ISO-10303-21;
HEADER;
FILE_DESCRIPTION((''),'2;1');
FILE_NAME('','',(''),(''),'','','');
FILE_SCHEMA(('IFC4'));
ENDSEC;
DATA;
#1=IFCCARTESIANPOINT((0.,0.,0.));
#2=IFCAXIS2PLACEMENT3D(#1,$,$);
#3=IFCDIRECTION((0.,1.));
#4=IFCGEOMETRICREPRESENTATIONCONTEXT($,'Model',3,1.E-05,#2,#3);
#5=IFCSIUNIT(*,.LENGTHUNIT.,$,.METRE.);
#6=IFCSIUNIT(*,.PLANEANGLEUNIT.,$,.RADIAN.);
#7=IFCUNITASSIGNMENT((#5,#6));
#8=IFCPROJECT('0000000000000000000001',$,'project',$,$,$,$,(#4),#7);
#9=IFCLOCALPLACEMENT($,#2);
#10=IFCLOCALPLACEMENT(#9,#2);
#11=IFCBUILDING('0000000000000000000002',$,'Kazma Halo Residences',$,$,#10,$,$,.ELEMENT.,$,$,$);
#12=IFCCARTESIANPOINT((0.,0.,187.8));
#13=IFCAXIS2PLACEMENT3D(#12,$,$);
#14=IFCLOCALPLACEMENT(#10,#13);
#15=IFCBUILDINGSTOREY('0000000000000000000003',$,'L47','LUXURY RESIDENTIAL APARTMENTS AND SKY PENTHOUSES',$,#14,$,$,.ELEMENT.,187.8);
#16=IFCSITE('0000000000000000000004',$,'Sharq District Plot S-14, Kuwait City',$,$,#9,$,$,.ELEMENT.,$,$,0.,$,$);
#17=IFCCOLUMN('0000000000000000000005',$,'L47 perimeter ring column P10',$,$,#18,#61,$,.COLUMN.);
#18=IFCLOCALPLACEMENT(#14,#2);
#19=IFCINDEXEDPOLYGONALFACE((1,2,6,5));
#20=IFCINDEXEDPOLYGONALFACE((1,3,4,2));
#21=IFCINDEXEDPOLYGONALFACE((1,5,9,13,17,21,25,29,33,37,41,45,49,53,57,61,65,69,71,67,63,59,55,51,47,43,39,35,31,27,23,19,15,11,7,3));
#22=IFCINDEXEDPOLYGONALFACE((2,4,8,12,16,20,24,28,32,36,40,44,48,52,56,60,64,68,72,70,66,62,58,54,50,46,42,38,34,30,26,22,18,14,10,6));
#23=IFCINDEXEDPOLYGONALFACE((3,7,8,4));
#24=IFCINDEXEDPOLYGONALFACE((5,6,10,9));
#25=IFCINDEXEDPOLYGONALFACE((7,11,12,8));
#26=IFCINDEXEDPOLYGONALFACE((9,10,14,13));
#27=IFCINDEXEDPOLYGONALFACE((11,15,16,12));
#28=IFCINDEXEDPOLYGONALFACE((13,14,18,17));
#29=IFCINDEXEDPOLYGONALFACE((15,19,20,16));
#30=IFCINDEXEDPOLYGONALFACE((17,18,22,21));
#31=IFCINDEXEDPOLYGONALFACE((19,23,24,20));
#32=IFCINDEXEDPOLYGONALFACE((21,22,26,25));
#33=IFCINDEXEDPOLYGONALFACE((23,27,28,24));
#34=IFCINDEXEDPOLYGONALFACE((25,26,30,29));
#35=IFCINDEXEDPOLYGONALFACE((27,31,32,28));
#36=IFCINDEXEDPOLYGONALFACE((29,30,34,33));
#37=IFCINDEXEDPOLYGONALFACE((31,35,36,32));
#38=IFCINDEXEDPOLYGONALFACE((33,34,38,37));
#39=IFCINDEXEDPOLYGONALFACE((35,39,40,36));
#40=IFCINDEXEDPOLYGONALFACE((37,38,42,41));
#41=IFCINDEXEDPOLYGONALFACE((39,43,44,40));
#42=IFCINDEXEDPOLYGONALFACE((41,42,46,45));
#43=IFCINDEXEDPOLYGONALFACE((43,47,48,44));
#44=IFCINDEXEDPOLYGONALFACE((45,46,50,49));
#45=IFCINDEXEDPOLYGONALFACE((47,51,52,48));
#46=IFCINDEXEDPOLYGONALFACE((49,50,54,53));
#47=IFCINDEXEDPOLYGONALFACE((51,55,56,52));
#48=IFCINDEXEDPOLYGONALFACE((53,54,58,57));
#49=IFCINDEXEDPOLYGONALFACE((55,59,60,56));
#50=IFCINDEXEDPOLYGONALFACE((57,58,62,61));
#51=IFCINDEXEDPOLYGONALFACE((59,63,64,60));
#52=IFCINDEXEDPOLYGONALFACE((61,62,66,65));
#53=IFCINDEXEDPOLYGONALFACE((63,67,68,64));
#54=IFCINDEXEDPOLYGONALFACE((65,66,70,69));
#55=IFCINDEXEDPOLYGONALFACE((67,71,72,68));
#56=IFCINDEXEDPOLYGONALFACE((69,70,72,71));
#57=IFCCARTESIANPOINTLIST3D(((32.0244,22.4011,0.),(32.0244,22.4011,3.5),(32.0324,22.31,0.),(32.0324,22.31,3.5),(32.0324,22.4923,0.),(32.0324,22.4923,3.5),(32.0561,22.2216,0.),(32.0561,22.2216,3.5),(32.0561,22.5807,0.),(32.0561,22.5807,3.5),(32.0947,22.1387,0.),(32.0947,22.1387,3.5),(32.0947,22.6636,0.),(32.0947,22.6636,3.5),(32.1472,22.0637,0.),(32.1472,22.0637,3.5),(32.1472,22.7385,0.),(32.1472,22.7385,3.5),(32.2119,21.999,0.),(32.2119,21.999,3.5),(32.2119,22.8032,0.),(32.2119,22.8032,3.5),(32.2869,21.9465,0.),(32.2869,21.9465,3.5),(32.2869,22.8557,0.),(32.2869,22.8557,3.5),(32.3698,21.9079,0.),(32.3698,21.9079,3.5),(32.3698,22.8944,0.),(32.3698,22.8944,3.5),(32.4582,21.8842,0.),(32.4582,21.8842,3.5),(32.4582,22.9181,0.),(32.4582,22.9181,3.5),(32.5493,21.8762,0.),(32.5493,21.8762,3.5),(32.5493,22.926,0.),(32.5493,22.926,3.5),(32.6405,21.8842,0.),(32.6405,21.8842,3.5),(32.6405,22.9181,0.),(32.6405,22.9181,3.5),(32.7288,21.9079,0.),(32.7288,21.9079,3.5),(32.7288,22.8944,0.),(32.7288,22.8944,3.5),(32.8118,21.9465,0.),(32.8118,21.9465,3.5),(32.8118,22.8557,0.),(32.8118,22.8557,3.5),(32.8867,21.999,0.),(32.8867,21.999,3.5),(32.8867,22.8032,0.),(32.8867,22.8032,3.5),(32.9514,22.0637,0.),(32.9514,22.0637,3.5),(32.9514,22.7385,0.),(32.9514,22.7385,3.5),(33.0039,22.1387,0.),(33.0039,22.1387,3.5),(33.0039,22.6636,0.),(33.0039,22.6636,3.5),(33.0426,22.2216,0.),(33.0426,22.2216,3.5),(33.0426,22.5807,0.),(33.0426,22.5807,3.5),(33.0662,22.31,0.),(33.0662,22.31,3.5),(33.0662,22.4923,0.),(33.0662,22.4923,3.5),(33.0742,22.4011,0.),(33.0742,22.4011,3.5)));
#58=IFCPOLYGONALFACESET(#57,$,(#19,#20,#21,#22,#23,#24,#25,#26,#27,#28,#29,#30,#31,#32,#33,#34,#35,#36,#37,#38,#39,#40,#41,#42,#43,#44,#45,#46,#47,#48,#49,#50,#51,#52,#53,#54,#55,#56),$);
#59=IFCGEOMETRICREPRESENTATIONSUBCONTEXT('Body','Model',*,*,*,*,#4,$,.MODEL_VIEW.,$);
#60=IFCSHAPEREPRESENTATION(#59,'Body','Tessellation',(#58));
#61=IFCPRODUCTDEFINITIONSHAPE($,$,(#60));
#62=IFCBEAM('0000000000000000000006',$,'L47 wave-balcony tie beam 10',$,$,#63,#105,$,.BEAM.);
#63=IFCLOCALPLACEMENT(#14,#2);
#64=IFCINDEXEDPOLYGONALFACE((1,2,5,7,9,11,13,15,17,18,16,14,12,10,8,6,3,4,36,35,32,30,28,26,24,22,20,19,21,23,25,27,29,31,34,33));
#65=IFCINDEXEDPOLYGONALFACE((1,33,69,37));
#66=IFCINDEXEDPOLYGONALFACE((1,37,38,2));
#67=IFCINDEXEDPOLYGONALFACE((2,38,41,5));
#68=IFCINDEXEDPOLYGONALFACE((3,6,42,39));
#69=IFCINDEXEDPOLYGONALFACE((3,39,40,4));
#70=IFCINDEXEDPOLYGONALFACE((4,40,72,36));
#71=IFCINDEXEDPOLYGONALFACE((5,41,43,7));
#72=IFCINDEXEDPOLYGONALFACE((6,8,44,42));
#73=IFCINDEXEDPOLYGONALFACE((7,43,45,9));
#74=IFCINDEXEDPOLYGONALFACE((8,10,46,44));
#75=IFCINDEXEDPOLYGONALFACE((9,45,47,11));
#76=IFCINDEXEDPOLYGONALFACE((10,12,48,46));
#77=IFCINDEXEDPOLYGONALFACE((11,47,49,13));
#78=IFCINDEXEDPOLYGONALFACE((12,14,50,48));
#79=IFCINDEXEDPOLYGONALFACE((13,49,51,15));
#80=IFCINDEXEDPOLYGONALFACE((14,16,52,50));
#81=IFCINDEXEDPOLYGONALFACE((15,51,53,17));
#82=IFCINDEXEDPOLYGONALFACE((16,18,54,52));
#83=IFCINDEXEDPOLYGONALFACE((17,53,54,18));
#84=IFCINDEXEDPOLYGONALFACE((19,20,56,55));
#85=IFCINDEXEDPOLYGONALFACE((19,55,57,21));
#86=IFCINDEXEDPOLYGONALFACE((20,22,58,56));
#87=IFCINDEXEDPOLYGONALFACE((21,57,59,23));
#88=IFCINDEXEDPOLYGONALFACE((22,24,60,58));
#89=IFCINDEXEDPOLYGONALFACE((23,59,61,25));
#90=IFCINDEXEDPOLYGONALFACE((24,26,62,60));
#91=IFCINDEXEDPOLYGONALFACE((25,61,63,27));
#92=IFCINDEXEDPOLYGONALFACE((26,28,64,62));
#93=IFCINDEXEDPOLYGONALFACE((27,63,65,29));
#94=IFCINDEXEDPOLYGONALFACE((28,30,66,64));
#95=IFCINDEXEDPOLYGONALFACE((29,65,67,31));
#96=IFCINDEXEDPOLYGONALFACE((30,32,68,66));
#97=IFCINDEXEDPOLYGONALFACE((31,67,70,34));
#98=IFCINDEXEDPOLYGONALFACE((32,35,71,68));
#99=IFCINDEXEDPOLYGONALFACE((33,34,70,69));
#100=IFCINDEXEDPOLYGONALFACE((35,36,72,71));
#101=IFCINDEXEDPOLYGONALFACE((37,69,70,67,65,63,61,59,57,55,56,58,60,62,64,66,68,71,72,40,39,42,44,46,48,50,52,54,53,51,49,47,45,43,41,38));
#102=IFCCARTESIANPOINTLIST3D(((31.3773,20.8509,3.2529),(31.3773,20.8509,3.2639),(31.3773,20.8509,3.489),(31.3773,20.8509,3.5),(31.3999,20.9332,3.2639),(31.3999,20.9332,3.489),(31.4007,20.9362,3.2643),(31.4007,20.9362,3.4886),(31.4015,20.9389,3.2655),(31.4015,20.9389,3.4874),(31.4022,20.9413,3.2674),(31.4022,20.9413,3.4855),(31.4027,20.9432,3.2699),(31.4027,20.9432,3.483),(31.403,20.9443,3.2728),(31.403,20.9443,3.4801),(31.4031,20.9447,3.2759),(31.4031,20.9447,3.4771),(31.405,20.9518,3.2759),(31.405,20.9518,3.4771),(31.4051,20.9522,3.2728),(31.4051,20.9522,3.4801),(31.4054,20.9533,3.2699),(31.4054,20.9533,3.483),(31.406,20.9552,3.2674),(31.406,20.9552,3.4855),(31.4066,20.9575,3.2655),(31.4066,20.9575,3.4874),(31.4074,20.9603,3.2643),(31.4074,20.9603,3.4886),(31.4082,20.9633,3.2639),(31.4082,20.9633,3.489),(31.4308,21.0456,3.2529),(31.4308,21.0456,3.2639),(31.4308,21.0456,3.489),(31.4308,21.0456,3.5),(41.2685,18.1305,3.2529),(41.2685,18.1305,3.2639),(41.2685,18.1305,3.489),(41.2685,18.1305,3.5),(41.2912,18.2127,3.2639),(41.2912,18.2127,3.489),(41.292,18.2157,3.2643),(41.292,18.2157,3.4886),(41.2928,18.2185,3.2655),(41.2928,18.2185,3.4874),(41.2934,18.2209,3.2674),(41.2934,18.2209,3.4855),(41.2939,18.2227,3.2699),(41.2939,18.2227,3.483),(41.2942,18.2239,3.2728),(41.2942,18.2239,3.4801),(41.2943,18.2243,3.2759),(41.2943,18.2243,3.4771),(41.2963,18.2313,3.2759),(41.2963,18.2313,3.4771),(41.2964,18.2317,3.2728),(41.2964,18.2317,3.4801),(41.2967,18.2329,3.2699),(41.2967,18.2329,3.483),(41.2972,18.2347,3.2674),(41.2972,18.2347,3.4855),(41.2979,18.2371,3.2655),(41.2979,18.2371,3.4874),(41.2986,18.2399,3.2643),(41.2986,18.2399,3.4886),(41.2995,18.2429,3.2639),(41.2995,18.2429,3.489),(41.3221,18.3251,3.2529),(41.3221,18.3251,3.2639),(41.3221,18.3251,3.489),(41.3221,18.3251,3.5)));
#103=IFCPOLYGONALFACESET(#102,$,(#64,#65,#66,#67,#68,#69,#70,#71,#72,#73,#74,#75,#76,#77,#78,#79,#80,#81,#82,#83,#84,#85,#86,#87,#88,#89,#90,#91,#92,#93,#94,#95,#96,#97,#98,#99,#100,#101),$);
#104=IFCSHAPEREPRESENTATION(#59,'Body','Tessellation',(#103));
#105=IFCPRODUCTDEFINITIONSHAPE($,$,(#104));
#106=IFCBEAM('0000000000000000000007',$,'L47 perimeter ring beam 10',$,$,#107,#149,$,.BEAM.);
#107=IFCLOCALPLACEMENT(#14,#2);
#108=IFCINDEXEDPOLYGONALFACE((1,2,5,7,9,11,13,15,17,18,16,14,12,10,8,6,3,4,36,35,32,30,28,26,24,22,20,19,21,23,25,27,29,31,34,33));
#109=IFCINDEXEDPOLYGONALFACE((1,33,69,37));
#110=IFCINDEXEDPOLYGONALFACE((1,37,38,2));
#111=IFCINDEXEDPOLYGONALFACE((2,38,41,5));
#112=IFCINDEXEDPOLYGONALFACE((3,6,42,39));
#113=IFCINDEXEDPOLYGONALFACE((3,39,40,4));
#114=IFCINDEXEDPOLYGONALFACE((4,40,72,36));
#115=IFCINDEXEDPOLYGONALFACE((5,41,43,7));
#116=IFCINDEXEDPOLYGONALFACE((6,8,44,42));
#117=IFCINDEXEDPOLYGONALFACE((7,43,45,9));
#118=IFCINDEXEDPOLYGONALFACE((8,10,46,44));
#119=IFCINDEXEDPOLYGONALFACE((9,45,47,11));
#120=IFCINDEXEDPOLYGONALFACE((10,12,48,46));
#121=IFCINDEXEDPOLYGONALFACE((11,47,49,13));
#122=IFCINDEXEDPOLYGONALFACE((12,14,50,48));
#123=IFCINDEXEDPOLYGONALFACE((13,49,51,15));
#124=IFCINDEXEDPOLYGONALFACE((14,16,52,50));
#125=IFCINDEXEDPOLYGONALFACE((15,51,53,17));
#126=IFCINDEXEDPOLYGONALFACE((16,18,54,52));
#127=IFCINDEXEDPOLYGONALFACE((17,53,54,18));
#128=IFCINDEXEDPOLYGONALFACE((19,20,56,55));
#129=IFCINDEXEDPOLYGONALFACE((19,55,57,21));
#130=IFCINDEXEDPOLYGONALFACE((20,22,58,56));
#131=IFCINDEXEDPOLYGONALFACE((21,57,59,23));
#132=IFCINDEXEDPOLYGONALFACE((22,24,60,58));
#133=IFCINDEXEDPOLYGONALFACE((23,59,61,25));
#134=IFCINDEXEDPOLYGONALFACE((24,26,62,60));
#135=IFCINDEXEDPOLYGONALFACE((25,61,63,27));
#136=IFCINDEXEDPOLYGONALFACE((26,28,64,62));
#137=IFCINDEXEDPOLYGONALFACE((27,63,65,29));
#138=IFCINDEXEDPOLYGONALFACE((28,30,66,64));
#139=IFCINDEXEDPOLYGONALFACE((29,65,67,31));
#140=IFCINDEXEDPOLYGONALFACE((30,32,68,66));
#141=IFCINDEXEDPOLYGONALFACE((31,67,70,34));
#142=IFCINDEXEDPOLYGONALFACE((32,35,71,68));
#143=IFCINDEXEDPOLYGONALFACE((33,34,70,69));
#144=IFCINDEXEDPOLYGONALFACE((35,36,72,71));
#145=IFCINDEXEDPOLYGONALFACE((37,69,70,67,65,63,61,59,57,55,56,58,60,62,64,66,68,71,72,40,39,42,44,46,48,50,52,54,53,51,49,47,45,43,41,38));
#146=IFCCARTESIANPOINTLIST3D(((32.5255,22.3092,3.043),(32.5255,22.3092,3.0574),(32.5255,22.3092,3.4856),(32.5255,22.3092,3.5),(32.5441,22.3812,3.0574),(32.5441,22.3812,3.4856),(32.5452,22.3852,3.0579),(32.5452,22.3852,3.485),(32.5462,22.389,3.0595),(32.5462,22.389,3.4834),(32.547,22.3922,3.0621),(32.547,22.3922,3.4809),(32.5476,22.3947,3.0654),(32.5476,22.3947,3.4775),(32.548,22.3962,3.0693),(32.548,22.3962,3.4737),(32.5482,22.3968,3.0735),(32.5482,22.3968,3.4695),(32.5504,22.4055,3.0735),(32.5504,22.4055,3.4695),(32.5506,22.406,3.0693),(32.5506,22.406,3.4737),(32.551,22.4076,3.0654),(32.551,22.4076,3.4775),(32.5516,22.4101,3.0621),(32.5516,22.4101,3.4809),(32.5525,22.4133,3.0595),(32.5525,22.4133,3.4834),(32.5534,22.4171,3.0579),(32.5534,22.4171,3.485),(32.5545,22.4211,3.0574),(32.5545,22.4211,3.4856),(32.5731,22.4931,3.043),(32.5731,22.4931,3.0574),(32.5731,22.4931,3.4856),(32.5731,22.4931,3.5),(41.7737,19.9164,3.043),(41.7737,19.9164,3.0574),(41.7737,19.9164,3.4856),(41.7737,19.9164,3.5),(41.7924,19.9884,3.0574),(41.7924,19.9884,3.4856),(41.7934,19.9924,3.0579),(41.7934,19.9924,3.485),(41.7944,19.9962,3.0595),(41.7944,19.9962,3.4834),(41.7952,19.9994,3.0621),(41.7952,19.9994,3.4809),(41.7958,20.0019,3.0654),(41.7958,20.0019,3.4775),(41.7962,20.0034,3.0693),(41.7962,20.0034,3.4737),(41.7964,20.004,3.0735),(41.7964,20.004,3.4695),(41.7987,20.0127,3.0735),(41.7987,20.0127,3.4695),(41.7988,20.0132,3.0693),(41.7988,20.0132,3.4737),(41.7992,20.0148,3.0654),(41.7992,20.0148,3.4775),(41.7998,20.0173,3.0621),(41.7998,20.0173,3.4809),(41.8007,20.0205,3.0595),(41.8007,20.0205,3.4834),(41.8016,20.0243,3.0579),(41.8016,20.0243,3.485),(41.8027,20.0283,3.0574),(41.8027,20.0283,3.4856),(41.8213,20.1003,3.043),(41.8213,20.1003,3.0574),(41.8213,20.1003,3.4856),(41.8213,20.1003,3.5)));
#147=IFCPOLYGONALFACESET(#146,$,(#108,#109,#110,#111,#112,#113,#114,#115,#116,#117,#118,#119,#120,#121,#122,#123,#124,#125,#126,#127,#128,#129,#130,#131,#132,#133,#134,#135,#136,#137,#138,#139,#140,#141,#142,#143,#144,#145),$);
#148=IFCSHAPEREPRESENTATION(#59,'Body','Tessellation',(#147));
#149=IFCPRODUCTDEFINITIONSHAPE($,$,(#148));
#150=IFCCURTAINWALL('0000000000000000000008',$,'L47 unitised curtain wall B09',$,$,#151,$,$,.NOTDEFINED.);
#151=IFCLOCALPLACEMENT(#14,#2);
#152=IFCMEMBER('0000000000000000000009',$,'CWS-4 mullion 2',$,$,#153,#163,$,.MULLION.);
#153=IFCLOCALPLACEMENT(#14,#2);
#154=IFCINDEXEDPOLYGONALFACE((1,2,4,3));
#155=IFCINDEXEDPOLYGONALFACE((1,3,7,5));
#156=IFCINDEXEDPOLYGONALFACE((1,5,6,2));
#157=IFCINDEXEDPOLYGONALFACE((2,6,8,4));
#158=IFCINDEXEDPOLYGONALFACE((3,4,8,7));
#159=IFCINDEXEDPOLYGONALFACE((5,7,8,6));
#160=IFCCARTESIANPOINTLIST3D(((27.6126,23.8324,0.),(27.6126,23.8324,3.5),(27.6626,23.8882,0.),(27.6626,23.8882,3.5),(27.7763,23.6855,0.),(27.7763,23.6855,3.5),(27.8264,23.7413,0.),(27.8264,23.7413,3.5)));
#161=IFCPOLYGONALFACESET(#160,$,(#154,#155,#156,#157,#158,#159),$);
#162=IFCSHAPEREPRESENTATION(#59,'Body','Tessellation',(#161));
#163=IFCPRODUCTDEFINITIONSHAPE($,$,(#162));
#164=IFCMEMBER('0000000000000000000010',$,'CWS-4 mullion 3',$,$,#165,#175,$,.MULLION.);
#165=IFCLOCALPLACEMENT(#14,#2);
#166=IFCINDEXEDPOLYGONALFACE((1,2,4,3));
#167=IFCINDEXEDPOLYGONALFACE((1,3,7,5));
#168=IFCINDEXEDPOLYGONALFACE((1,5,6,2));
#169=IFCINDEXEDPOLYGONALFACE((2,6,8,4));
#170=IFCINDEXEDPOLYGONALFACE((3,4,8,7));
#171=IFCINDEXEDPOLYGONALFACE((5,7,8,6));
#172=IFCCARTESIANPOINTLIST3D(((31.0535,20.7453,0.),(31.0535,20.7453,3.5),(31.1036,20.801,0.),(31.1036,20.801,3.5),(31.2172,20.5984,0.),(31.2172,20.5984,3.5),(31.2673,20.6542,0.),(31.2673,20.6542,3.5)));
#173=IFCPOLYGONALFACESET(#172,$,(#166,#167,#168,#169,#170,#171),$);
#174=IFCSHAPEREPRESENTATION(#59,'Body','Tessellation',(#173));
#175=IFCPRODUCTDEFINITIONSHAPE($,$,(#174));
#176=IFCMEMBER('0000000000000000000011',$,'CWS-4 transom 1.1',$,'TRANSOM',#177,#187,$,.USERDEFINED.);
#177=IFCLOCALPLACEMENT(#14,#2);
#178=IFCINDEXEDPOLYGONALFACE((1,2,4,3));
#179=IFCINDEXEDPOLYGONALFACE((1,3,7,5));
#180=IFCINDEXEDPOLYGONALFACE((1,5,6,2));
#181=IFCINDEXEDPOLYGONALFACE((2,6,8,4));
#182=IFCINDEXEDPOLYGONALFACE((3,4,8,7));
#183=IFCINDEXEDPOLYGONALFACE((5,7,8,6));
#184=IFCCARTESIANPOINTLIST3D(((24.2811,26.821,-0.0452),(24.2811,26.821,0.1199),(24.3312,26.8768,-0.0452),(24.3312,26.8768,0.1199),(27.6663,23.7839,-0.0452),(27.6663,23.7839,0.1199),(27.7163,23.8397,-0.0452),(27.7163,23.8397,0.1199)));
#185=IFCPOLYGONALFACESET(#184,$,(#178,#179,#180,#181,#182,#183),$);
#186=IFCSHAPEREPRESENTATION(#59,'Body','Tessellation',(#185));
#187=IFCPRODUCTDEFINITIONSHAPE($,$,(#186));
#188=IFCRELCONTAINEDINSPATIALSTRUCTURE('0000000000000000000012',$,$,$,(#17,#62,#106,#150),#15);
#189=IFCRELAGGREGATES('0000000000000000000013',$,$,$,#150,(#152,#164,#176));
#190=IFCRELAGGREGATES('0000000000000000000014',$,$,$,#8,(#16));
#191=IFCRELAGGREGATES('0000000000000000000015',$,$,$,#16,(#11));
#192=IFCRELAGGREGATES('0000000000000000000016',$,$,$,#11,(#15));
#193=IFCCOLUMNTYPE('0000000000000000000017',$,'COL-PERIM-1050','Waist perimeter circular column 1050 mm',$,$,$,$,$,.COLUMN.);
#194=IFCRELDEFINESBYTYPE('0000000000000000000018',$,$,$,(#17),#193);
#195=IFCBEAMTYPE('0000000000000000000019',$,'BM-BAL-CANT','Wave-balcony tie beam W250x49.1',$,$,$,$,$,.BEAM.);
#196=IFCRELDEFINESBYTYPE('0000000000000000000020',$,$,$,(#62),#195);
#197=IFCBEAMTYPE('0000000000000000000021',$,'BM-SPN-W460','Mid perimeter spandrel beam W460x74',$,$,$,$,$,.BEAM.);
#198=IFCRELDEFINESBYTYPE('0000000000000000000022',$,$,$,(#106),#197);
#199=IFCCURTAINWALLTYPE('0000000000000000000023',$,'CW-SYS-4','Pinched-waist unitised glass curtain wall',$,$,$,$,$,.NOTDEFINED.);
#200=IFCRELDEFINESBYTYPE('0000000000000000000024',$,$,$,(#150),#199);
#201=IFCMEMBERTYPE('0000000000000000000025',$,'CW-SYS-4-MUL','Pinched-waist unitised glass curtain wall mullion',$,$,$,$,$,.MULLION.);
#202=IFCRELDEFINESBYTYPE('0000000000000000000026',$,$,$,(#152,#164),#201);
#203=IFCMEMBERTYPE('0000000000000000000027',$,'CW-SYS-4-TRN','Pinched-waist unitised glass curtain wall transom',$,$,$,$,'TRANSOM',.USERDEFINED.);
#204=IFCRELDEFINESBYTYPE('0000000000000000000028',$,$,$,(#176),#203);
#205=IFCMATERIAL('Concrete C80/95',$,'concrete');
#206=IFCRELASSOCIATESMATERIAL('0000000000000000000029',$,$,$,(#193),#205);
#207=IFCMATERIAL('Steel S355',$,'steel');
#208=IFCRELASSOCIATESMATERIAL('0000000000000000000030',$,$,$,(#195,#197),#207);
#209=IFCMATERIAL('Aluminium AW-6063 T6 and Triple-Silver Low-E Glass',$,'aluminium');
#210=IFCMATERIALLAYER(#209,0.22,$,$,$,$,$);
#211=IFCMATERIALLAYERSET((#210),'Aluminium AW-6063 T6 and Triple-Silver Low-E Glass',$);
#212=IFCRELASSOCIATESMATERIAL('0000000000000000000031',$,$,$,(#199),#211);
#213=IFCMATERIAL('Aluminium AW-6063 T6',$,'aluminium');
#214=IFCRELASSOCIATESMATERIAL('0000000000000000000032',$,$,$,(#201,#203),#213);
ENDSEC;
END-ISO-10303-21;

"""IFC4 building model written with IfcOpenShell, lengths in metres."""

from ifc_helpers import new_model, si_unit, direction, frame, origin, origin_2d, place, context, subcontext, project, spatial, rectangle, circle, i_section, extrude, material, layer, layer_set, material_profile, profile_set, type_object, element, aggregate, save


model = new_model("IFC4")

# Units and contexts
model_context = context("Model", 3, precision=1e-05, world=origin(), true_north=direction((0.0, 1.0)))
body_context = subcontext(model_context, "Body", "Model", "MODEL_VIEW")
ifc_project = project(units=[si_unit("LENGTHUNIT", "METRE"), si_unit("PLANEANGLEUNIT", "RADIAN")], contexts=[model_context])

# Site, building, storey
site_placement = place(None, origin())
site = spatial("IfcSite", under=ifc_project, at=site_placement, Name="Sharq District Plot S-14, Kuwait City", CompositionType="ELEMENT", RefElevation=0.0)
building_placement = place(site_placement, origin())
building = spatial("IfcBuilding", under=site, at=building_placement, Name="Kazma Halo Residences", CompositionType="ELEMENT")
storey_placement = place(building_placement, frame((0.0, 0.0, 187.8)))
storey = spatial("IfcBuildingStorey", under=building, at=storey_placement, Name="L47", Description="LUXURY RESIDENTIAL APARTMENTS AND SKY PENTHOUSES", CompositionType="ELEMENT", Elevation=187.8)

# Column
ifc_material_1 = material(Name="Concrete C80/95", Category="concrete")
ifc_material_profile_1 = material_profile(ifc_material_1, circle(Radius=0.5249, at=origin_2d()), Name="CIRC1050")
ifc_profile_set_1 = profile_set([ifc_material_profile_1], Name="Concrete C80/95")
column_type = type_object("IfcColumnType", Name="COL-PERIM-1050", Description="Waist perimeter circular column 1050 mm", PredefinedType="COLUMN", material=ifc_profile_set_1)
column_placement = place(storey_placement, frame((32.5493, 22.4011, 0.0), z_axis=(0.0, 0.0, 1.0), x_axis=(1.0, 0.0, 0.0)))
element("IfcColumn", 1, at=column_placement, inside=storey, type_object=column_type, Name="L47 perimeter ring column P10", PredefinedType="COLUMN", context=body_context, shape_type="SweptSolid", body=[
    extrude(circle(Radius=0.5249, at=origin_2d()), origin(), (0.0, 0.0, 1.0), 3.5),
])

# Beams
ifc_material_2 = material(Name="Steel S355", Category="steel")
ifc_material_profile_2 = material_profile(ifc_material_2, i_section(OverallWidth=0.2019, OverallDepth=0.2471, WebThickness=0.0073, FlangeThickness=0.011, FilletRadius=0.012, at=origin_2d()), Name="W250x49.1")
ifc_profile_set_2 = profile_set([ifc_material_profile_2], Name="Steel S355")
beam_type_1 = type_object("IfcBeamType", Name="BM-BAL-CANT", Description="Wave-balcony tie beam W250x49.1", PredefinedType="BEAM", material=ifc_profile_set_2)
beam_1_placement = place(storey_placement, frame((31.4041, 20.9482, 3.3765), z_axis=(0.964197, -0.265187, 0.0), x_axis=(0.265187, 0.964197, 0.0)))
element("IfcBeam", 2, at=beam_1_placement, inside=storey, type_object=beam_type_1, Name="L47 wave-balcony tie beam 10", PredefinedType="BEAM", context=body_context, shape_type="SweptSolid", body=[
    extrude(i_section(OverallWidth=0.2019, OverallDepth=0.2471, WebThickness=0.0073, FlangeThickness=0.011, FilletRadius=0.012, at=origin_2d()), origin(), (0.0, 0.0, 1.0), 10.2585),
])
ifc_material_profile_3 = material_profile(ifc_material_2, i_section(OverallWidth=0.1899, OverallDepth=0.457, WebThickness=0.009, FlangeThickness=0.0144, FilletRadius=0.0161, at=origin_2d()), Name="W460x74")
ifc_profile_set_3 = profile_set([ifc_material_profile_3], Name="Steel S355")
beam_type_2 = type_object("IfcBeamType", Name="BM-SPN-W460", Description="Mid perimeter spandrel beam W460x74", PredefinedType="BEAM", material=ifc_profile_set_3)
beam_2_placement = place(storey_placement, frame((32.5493, 22.4011, 3.2715), z_axis=(0.968121, -0.250483, 0.0), x_axis=(0.250483, 0.968121, 0.0)))
element("IfcBeam", 3, at=beam_2_placement, inside=storey, type_object=beam_type_2, Name="L47 perimeter ring beam 10", PredefinedType="BEAM", context=body_context, shape_type="SweptSolid", body=[
    extrude(i_section(OverallWidth=0.1899, OverallDepth=0.457, WebThickness=0.009, FlangeThickness=0.0144, FilletRadius=0.0161, at=origin_2d()), origin(), (0.0, 0.0, 1.0), 9.5527),
])

# Curtain wall, members
ifc_material_3 = material(Name="Aluminium AW-6063 T6 and Triple-Silver Low-E Glass", Category="aluminium")
ifc_layer_1 = layer(ifc_material_3, 0.22)
ifc_layer_set_1 = layer_set([ifc_layer_1], Name="Aluminium AW-6063 T6 and Triple-Silver Low-E Glass")
curtain_wall_type = type_object("IfcCurtainWallType", Name="CW-SYS-4", Description="Pinched-waist unitised glass curtain wall", PredefinedType="NOTDEFINED", material=ifc_layer_set_1)
curtain_wall_placement = place(storey_placement, origin())
curtain_wall = element("IfcCurtainWall", 4, at=curtain_wall_placement, inside=storey, type_object=curtain_wall_type, Name="L47 unitised curtain wall B09", PredefinedType="NOTDEFINED")
ifc_material_4 = material(Name="Aluminium AW-6063 T6", Category="aluminium")
ifc_material_profile_4 = material_profile(ifc_material_4, rectangle(XDim=0.075, YDim=0.22, at=origin_2d()), Name="CWM-75x220")
ifc_profile_set_4 = profile_set([ifc_material_profile_4], Name="Aluminium AW-6063 T6")
member_type_1 = type_object("IfcMemberType", Name="CW-SYS-4-MUL", Description="Pinched-waist unitised glass curtain wall mullion", PredefinedType="MULLION", material=ifc_profile_set_4)
member_1_placement = place(storey_placement, frame((27.7195, 23.7869, 0.0), z_axis=(0.0, 0.0, 1.0), x_axis=(0.667784, 0.744355, 0.0)))
member_1 = element("IfcMember", 5, at=member_1_placement, type_object=member_type_1, Name="CWS-4 mullion 2", PredefinedType="MULLION", context=body_context, shape_type="SweptSolid", body=[
    extrude(rectangle(XDim=0.075, YDim=0.22, at=origin_2d()), origin(), (0.0, 0.0, 1.0), 3.5),
])
member_2_placement = place(storey_placement, frame((31.1604, 20.6997, 0.0), z_axis=(0.0, 0.0, 1.0), x_axis=(0.667784, 0.744355, 0.0)))
member_2 = element("IfcMember", 6, at=member_2_placement, type_object=member_type_1, Name="CWS-4 mullion 3", PredefinedType="MULLION", context=body_context, shape_type="SweptSolid", body=[
    extrude(rectangle(XDim=0.075, YDim=0.22, at=origin_2d()), origin(), (0.0, 0.0, 1.0), 3.5),
])
ifc_material_profile_5 = material_profile(ifc_material_4, rectangle(XDim=0.075, YDim=0.165, at=origin_2d()), Name="CWT-75x165")
ifc_profile_set_5 = profile_set([ifc_material_profile_5], Name="Aluminium AW-6063 T6")
member_type_2 = type_object("IfcMemberType", Name="CW-SYS-4-TRN", Description="Pinched-waist unitised glass curtain wall transom", ElementType="TRANSOM", PredefinedType="USERDEFINED", material=ifc_profile_set_5)
member_3_placement = place(storey_placement, frame((24.3062, 26.8489, 0.0374), z_axis=(0.744345, -0.667795, 0.0), x_axis=(0.667795, 0.744345, 0.0)))
member_3 = element("IfcMember", 7, at=member_3_placement, type_object=member_type_2, Name="CWS-4 transom 1.1", ObjectType="TRANSOM", PredefinedType="USERDEFINED", context=body_context, shape_type="SweptSolid", body=[
    extrude(rectangle(XDim=0.075, YDim=0.165, at=origin_2d()), origin(), (0.0, 0.0, 1.0), 4.5479),
])
aggregate(curtain_wall, [member_1, member_2, member_3])

save(model, "model.ifc")
